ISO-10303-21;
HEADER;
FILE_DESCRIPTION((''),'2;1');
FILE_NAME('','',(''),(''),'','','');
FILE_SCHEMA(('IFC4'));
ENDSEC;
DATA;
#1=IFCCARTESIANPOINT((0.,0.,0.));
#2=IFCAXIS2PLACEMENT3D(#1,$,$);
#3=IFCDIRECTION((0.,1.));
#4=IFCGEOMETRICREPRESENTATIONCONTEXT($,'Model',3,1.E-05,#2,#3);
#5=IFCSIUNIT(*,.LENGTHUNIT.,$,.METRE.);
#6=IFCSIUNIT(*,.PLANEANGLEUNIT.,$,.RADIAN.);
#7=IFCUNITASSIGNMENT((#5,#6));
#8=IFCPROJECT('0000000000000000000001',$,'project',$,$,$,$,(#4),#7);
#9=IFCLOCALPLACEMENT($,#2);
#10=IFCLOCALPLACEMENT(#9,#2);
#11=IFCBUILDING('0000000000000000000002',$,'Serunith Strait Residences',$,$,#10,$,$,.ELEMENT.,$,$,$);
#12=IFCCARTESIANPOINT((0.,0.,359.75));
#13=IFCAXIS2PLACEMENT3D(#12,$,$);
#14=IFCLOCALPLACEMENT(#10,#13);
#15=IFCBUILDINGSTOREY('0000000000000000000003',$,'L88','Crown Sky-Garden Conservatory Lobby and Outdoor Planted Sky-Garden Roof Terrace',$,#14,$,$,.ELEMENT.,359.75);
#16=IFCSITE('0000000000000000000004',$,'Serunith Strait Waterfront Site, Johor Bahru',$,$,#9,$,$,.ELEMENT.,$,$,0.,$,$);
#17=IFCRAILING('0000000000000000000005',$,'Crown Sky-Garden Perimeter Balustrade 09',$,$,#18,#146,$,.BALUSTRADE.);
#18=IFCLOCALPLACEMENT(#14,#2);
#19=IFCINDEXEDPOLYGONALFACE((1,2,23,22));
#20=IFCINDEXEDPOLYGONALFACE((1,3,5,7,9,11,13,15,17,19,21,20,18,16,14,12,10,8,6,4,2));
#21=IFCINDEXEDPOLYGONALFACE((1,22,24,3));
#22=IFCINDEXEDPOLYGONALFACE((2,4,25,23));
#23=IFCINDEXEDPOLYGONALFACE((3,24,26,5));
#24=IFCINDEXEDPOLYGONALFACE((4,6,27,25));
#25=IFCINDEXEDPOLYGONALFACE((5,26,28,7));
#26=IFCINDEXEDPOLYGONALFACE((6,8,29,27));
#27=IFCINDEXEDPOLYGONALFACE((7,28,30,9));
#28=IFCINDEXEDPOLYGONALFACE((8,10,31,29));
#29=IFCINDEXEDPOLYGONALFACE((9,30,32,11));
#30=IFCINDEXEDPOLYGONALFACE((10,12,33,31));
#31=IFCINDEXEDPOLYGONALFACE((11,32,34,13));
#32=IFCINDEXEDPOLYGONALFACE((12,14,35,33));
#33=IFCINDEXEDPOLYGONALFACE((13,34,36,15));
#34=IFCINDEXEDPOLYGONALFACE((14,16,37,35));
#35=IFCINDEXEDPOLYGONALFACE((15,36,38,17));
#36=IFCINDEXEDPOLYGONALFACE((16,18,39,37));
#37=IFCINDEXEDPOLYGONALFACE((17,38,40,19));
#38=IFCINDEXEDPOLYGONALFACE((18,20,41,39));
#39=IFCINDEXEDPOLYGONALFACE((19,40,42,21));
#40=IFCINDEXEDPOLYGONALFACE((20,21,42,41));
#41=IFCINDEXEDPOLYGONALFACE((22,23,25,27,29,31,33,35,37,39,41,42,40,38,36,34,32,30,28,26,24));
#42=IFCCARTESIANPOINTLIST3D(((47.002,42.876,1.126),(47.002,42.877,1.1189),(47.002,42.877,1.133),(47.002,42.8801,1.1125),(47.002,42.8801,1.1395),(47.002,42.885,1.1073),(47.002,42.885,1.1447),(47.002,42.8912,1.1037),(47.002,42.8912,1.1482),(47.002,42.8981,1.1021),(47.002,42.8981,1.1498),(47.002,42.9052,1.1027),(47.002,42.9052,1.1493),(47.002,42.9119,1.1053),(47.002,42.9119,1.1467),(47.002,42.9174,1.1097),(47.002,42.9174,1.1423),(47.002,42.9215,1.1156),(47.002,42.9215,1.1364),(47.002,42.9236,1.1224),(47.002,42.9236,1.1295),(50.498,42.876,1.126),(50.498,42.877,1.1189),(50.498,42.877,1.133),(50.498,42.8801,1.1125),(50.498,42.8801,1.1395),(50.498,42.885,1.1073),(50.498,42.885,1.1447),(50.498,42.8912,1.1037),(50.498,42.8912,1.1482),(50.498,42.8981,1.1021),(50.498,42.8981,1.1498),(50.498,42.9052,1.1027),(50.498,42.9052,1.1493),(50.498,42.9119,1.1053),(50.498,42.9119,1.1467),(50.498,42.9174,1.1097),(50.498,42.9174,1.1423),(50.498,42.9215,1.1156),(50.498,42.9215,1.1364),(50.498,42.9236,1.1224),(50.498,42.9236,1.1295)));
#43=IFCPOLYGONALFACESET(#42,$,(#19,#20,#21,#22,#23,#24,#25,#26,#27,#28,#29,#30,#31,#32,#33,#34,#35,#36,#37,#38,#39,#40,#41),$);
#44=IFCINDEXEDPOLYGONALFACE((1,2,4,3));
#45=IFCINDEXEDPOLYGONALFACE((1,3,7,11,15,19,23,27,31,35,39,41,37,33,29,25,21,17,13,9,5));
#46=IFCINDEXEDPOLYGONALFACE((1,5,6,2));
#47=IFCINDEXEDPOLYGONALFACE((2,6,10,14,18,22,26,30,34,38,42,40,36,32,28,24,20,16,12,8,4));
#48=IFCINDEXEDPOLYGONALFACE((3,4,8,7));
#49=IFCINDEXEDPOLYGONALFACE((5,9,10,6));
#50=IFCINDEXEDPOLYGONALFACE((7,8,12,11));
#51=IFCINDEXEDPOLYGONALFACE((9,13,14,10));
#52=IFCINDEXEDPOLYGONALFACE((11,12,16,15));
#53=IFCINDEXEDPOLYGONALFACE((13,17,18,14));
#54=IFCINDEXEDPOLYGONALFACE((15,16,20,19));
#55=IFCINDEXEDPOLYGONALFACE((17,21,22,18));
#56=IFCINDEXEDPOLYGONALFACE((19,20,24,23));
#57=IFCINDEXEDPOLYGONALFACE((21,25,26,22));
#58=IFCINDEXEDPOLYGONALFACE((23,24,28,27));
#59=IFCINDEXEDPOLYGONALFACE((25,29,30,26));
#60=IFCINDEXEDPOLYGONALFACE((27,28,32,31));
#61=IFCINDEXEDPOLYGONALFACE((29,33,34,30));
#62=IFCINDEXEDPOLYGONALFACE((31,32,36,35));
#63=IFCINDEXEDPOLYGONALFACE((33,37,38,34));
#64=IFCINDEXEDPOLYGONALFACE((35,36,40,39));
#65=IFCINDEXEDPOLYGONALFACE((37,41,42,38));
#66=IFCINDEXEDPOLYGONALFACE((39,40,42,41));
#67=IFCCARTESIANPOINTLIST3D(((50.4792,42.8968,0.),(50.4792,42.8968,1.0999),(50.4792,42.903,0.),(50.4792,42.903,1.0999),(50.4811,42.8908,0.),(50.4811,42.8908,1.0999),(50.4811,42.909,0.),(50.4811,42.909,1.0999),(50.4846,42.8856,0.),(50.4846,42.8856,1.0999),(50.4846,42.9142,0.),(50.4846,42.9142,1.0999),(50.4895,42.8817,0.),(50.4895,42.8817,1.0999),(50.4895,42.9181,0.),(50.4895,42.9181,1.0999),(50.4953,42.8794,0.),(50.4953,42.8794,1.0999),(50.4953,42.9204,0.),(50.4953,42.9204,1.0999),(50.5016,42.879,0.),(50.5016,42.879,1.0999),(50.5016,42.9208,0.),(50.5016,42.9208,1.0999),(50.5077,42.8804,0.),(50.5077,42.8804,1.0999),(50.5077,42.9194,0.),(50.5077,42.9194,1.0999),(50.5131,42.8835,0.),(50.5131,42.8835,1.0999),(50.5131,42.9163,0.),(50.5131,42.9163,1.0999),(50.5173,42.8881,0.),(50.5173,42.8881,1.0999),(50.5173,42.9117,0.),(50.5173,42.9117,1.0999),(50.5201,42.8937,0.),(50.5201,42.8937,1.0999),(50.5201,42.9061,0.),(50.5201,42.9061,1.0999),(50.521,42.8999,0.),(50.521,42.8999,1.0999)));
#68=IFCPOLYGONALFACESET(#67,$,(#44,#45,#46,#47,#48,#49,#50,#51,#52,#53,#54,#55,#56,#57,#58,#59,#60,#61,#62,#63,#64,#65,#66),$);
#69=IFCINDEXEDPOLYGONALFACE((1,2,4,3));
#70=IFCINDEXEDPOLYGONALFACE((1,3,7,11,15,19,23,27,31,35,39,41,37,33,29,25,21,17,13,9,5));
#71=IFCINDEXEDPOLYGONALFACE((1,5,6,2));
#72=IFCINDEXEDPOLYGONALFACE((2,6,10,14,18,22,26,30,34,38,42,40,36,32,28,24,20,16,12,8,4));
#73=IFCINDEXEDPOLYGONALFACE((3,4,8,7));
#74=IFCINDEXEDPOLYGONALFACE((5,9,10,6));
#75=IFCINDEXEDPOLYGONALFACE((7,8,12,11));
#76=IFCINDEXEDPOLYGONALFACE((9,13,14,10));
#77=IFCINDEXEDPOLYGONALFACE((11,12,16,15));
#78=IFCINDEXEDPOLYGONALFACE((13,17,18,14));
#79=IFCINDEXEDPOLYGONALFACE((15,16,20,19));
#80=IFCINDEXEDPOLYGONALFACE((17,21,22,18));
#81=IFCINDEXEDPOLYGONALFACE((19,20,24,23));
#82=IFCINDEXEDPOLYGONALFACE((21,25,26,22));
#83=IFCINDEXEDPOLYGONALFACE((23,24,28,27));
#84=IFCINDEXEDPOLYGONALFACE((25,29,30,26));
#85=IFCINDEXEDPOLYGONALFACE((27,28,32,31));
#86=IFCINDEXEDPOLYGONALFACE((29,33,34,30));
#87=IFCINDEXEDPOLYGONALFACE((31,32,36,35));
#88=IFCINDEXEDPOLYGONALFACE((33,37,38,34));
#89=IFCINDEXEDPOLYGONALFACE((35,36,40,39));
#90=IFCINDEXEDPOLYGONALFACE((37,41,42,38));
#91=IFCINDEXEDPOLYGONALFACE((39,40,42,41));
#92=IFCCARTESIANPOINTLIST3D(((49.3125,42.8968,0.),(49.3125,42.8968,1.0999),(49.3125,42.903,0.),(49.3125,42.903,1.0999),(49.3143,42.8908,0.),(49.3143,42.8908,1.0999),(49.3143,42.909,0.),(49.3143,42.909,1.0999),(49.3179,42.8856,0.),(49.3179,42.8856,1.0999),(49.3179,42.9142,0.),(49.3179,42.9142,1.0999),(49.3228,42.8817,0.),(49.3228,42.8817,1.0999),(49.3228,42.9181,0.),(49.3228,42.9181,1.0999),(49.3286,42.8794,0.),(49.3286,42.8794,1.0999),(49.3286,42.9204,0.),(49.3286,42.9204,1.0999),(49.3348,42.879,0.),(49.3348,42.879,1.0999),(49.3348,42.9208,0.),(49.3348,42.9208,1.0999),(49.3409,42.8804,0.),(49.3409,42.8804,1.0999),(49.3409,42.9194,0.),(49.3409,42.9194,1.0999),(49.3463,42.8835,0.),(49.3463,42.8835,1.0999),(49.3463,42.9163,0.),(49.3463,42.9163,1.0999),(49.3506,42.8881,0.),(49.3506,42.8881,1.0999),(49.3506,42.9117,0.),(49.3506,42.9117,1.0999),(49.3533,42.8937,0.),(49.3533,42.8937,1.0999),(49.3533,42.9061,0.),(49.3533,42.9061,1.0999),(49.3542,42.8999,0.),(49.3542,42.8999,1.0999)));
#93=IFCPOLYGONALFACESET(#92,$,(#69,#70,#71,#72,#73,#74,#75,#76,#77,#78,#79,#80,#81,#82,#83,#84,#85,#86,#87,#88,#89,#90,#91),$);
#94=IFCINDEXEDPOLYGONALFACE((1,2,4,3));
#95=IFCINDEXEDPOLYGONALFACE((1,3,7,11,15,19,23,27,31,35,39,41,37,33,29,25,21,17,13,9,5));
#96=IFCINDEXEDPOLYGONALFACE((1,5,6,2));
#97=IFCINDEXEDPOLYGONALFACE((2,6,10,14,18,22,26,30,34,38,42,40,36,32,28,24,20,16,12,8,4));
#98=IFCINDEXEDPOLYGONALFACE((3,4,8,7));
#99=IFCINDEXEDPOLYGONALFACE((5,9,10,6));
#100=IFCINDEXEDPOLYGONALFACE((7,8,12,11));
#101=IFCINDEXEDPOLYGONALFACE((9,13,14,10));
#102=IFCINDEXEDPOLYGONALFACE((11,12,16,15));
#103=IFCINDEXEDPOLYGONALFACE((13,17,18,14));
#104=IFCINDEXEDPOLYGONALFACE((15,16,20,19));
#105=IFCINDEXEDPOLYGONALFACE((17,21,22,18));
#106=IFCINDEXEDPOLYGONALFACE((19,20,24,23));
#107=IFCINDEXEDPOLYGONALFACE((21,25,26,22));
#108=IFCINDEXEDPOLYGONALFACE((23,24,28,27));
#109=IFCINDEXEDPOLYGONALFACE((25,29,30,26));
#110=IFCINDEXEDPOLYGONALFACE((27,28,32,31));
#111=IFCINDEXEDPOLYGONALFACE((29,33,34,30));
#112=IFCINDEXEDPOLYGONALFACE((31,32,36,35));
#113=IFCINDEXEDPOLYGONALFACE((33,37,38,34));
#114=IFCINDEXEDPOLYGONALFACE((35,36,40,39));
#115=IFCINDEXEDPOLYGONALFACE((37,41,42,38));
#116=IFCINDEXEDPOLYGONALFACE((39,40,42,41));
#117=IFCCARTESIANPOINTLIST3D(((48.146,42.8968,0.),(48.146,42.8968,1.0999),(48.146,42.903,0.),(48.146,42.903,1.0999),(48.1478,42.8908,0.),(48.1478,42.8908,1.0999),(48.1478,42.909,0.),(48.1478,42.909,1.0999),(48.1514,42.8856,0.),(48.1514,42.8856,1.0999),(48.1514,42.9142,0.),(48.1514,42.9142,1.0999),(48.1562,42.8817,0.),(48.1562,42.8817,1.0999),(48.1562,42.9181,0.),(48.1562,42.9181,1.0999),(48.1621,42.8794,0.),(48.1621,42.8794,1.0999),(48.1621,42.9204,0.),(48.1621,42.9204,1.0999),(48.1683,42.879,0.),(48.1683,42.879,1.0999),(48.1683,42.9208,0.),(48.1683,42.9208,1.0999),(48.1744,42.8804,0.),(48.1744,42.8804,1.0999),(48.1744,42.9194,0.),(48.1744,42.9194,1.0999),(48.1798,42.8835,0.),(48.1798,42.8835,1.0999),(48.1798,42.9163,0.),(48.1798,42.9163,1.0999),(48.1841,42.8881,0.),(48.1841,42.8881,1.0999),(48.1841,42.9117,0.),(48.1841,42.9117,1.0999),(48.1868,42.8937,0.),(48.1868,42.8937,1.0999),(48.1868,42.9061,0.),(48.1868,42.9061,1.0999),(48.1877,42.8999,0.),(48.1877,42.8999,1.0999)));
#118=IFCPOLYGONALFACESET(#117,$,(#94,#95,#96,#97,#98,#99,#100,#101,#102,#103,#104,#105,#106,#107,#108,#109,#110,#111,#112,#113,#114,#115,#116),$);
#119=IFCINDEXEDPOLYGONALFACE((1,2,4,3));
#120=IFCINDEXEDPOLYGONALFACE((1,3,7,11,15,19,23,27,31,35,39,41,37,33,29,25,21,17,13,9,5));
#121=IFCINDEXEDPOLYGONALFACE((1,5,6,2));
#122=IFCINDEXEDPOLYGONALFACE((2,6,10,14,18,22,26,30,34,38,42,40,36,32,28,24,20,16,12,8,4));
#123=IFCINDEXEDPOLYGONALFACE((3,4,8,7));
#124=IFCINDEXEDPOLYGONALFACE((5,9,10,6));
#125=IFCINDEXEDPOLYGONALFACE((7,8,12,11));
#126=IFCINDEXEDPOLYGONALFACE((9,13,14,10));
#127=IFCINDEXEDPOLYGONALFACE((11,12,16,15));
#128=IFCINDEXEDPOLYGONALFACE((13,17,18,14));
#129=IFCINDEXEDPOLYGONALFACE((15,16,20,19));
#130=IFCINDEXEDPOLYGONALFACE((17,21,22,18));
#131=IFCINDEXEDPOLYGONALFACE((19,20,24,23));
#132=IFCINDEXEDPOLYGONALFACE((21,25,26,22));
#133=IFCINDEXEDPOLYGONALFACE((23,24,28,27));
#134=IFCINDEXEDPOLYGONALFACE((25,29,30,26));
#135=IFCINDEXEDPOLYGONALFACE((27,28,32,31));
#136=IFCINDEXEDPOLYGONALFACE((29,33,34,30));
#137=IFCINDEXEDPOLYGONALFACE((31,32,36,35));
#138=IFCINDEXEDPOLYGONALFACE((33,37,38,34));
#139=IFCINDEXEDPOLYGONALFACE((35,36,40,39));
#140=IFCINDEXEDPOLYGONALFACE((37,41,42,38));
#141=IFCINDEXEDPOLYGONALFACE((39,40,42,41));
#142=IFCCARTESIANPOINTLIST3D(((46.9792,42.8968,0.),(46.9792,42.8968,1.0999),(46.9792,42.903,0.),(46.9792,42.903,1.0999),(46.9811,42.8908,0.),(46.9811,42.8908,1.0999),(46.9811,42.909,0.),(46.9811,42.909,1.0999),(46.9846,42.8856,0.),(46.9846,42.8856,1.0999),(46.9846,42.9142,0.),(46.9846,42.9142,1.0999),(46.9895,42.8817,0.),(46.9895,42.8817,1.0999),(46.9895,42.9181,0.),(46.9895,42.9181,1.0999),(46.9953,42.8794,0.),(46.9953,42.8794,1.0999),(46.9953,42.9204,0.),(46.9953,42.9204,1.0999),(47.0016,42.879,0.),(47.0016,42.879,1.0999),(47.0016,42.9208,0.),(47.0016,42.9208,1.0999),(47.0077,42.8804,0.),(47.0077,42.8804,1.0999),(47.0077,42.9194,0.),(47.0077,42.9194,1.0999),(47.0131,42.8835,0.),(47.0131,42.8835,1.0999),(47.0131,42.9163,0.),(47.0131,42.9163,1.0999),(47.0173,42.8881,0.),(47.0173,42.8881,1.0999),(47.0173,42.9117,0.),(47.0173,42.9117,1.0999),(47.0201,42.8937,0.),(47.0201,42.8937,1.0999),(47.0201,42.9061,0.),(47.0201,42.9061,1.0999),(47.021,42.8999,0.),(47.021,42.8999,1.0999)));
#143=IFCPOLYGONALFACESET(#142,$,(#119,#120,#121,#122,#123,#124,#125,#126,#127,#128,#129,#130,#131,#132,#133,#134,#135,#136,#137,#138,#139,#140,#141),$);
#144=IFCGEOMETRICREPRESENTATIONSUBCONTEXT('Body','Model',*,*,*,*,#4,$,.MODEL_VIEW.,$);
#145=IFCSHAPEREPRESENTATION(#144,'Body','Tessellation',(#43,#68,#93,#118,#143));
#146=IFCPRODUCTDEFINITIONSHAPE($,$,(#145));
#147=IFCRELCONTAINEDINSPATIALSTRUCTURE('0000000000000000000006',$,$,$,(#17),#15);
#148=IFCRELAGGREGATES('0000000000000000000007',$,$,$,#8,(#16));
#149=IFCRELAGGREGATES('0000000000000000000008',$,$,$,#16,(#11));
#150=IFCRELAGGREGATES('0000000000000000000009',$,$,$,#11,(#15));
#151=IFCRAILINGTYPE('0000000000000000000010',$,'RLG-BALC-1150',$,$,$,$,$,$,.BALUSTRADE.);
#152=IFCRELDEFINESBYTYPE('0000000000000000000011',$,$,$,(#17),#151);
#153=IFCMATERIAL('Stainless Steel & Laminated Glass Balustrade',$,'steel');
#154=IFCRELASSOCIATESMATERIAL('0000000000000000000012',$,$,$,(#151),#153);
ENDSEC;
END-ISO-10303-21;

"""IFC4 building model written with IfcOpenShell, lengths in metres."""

from ifc_helpers import new_model, si_unit, direction, frame, origin, origin_2d, place, context, subcontext, project, spatial, circle, extrude, material, type_object, element, save


model = new_model("IFC4")

# Units and contexts
model_context = context("Model", 3, precision=1e-05, world=origin(), true_north=direction((0.0, 1.0)))
body_context = subcontext(model_context, "Body", "Model", "MODEL_VIEW")
ifc_project = project(units=[si_unit("LENGTHUNIT", "METRE"), si_unit("PLANEANGLEUNIT", "RADIAN")], contexts=[model_context])

# Site, building, storey
site_placement = place(None, origin())
site = spatial("IfcSite", under=ifc_project, at=site_placement, Name="Serunith Strait Waterfront Site, Johor Bahru", CompositionType="ELEMENT", RefElevation=0.0)
building_placement = place(site_placement, origin())
building = spatial("IfcBuilding", under=site, at=building_placement, Name="Serunith Strait Residences", CompositionType="ELEMENT")
storey_placement = place(building_placement, frame((0.0, 0.0, 359.75)))
storey = spatial("IfcBuildingStorey", under=building, at=storey_placement, Name="L88", Description="Crown Sky-Garden Conservatory Lobby and Outdoor Planted Sky-Garden Roof Terrace", CompositionType="ELEMENT", Elevation=359.75)

# Railing
ifc_material_1 = material(Name="Stainless Steel & Laminated Glass Balustrade", Category="steel")
railing_type_1 = type_object("IfcRailingType", Name="RLG-BALC-1150", PredefinedType="BALUSTRADE", material=ifc_material_1)
railing_1_placement = place(storey_placement, frame((50.5, 42.8999, 0.0)))
element("IfcRailing", 1, at=railing_1_placement, inside=storey, type_object=railing_type_1, Name="Crown Sky-Garden Perimeter Balustrade 09", PredefinedType="BALUSTRADE", context=body_context, shape_type="SweptSolid", body=[
    extrude(circle(Radius=0.0239, at=origin_2d()), frame((-0.002, 0.0, 1.126), z_axis=(-1.0, 0.0, 0.0), x_axis=(0.0, -1.0, 0.0)), (0.0, 0.0, 1.0), 3.4961),
    extrude(circle(Radius=0.021, at=origin_2d()), origin(), (0.0, 0.0, 1.0), 1.0999),
    extrude(circle(Radius=0.021, at=origin_2d()), frame((-1.1667, 0.0, 0.0)), (0.0, 0.0, 1.0), 1.0999),
    extrude(circle(Radius=0.021, at=origin_2d()), frame((-2.3333, 0.0, 0.0)), (0.0, 0.0, 1.0), 1.0999),
    extrude(circle(Radius=0.021, at=origin_2d()), frame((-3.5, 0.0, 0.0)), (0.0, 0.0, 1.0), 1.0999),
])

save(model, "model.ifc")
